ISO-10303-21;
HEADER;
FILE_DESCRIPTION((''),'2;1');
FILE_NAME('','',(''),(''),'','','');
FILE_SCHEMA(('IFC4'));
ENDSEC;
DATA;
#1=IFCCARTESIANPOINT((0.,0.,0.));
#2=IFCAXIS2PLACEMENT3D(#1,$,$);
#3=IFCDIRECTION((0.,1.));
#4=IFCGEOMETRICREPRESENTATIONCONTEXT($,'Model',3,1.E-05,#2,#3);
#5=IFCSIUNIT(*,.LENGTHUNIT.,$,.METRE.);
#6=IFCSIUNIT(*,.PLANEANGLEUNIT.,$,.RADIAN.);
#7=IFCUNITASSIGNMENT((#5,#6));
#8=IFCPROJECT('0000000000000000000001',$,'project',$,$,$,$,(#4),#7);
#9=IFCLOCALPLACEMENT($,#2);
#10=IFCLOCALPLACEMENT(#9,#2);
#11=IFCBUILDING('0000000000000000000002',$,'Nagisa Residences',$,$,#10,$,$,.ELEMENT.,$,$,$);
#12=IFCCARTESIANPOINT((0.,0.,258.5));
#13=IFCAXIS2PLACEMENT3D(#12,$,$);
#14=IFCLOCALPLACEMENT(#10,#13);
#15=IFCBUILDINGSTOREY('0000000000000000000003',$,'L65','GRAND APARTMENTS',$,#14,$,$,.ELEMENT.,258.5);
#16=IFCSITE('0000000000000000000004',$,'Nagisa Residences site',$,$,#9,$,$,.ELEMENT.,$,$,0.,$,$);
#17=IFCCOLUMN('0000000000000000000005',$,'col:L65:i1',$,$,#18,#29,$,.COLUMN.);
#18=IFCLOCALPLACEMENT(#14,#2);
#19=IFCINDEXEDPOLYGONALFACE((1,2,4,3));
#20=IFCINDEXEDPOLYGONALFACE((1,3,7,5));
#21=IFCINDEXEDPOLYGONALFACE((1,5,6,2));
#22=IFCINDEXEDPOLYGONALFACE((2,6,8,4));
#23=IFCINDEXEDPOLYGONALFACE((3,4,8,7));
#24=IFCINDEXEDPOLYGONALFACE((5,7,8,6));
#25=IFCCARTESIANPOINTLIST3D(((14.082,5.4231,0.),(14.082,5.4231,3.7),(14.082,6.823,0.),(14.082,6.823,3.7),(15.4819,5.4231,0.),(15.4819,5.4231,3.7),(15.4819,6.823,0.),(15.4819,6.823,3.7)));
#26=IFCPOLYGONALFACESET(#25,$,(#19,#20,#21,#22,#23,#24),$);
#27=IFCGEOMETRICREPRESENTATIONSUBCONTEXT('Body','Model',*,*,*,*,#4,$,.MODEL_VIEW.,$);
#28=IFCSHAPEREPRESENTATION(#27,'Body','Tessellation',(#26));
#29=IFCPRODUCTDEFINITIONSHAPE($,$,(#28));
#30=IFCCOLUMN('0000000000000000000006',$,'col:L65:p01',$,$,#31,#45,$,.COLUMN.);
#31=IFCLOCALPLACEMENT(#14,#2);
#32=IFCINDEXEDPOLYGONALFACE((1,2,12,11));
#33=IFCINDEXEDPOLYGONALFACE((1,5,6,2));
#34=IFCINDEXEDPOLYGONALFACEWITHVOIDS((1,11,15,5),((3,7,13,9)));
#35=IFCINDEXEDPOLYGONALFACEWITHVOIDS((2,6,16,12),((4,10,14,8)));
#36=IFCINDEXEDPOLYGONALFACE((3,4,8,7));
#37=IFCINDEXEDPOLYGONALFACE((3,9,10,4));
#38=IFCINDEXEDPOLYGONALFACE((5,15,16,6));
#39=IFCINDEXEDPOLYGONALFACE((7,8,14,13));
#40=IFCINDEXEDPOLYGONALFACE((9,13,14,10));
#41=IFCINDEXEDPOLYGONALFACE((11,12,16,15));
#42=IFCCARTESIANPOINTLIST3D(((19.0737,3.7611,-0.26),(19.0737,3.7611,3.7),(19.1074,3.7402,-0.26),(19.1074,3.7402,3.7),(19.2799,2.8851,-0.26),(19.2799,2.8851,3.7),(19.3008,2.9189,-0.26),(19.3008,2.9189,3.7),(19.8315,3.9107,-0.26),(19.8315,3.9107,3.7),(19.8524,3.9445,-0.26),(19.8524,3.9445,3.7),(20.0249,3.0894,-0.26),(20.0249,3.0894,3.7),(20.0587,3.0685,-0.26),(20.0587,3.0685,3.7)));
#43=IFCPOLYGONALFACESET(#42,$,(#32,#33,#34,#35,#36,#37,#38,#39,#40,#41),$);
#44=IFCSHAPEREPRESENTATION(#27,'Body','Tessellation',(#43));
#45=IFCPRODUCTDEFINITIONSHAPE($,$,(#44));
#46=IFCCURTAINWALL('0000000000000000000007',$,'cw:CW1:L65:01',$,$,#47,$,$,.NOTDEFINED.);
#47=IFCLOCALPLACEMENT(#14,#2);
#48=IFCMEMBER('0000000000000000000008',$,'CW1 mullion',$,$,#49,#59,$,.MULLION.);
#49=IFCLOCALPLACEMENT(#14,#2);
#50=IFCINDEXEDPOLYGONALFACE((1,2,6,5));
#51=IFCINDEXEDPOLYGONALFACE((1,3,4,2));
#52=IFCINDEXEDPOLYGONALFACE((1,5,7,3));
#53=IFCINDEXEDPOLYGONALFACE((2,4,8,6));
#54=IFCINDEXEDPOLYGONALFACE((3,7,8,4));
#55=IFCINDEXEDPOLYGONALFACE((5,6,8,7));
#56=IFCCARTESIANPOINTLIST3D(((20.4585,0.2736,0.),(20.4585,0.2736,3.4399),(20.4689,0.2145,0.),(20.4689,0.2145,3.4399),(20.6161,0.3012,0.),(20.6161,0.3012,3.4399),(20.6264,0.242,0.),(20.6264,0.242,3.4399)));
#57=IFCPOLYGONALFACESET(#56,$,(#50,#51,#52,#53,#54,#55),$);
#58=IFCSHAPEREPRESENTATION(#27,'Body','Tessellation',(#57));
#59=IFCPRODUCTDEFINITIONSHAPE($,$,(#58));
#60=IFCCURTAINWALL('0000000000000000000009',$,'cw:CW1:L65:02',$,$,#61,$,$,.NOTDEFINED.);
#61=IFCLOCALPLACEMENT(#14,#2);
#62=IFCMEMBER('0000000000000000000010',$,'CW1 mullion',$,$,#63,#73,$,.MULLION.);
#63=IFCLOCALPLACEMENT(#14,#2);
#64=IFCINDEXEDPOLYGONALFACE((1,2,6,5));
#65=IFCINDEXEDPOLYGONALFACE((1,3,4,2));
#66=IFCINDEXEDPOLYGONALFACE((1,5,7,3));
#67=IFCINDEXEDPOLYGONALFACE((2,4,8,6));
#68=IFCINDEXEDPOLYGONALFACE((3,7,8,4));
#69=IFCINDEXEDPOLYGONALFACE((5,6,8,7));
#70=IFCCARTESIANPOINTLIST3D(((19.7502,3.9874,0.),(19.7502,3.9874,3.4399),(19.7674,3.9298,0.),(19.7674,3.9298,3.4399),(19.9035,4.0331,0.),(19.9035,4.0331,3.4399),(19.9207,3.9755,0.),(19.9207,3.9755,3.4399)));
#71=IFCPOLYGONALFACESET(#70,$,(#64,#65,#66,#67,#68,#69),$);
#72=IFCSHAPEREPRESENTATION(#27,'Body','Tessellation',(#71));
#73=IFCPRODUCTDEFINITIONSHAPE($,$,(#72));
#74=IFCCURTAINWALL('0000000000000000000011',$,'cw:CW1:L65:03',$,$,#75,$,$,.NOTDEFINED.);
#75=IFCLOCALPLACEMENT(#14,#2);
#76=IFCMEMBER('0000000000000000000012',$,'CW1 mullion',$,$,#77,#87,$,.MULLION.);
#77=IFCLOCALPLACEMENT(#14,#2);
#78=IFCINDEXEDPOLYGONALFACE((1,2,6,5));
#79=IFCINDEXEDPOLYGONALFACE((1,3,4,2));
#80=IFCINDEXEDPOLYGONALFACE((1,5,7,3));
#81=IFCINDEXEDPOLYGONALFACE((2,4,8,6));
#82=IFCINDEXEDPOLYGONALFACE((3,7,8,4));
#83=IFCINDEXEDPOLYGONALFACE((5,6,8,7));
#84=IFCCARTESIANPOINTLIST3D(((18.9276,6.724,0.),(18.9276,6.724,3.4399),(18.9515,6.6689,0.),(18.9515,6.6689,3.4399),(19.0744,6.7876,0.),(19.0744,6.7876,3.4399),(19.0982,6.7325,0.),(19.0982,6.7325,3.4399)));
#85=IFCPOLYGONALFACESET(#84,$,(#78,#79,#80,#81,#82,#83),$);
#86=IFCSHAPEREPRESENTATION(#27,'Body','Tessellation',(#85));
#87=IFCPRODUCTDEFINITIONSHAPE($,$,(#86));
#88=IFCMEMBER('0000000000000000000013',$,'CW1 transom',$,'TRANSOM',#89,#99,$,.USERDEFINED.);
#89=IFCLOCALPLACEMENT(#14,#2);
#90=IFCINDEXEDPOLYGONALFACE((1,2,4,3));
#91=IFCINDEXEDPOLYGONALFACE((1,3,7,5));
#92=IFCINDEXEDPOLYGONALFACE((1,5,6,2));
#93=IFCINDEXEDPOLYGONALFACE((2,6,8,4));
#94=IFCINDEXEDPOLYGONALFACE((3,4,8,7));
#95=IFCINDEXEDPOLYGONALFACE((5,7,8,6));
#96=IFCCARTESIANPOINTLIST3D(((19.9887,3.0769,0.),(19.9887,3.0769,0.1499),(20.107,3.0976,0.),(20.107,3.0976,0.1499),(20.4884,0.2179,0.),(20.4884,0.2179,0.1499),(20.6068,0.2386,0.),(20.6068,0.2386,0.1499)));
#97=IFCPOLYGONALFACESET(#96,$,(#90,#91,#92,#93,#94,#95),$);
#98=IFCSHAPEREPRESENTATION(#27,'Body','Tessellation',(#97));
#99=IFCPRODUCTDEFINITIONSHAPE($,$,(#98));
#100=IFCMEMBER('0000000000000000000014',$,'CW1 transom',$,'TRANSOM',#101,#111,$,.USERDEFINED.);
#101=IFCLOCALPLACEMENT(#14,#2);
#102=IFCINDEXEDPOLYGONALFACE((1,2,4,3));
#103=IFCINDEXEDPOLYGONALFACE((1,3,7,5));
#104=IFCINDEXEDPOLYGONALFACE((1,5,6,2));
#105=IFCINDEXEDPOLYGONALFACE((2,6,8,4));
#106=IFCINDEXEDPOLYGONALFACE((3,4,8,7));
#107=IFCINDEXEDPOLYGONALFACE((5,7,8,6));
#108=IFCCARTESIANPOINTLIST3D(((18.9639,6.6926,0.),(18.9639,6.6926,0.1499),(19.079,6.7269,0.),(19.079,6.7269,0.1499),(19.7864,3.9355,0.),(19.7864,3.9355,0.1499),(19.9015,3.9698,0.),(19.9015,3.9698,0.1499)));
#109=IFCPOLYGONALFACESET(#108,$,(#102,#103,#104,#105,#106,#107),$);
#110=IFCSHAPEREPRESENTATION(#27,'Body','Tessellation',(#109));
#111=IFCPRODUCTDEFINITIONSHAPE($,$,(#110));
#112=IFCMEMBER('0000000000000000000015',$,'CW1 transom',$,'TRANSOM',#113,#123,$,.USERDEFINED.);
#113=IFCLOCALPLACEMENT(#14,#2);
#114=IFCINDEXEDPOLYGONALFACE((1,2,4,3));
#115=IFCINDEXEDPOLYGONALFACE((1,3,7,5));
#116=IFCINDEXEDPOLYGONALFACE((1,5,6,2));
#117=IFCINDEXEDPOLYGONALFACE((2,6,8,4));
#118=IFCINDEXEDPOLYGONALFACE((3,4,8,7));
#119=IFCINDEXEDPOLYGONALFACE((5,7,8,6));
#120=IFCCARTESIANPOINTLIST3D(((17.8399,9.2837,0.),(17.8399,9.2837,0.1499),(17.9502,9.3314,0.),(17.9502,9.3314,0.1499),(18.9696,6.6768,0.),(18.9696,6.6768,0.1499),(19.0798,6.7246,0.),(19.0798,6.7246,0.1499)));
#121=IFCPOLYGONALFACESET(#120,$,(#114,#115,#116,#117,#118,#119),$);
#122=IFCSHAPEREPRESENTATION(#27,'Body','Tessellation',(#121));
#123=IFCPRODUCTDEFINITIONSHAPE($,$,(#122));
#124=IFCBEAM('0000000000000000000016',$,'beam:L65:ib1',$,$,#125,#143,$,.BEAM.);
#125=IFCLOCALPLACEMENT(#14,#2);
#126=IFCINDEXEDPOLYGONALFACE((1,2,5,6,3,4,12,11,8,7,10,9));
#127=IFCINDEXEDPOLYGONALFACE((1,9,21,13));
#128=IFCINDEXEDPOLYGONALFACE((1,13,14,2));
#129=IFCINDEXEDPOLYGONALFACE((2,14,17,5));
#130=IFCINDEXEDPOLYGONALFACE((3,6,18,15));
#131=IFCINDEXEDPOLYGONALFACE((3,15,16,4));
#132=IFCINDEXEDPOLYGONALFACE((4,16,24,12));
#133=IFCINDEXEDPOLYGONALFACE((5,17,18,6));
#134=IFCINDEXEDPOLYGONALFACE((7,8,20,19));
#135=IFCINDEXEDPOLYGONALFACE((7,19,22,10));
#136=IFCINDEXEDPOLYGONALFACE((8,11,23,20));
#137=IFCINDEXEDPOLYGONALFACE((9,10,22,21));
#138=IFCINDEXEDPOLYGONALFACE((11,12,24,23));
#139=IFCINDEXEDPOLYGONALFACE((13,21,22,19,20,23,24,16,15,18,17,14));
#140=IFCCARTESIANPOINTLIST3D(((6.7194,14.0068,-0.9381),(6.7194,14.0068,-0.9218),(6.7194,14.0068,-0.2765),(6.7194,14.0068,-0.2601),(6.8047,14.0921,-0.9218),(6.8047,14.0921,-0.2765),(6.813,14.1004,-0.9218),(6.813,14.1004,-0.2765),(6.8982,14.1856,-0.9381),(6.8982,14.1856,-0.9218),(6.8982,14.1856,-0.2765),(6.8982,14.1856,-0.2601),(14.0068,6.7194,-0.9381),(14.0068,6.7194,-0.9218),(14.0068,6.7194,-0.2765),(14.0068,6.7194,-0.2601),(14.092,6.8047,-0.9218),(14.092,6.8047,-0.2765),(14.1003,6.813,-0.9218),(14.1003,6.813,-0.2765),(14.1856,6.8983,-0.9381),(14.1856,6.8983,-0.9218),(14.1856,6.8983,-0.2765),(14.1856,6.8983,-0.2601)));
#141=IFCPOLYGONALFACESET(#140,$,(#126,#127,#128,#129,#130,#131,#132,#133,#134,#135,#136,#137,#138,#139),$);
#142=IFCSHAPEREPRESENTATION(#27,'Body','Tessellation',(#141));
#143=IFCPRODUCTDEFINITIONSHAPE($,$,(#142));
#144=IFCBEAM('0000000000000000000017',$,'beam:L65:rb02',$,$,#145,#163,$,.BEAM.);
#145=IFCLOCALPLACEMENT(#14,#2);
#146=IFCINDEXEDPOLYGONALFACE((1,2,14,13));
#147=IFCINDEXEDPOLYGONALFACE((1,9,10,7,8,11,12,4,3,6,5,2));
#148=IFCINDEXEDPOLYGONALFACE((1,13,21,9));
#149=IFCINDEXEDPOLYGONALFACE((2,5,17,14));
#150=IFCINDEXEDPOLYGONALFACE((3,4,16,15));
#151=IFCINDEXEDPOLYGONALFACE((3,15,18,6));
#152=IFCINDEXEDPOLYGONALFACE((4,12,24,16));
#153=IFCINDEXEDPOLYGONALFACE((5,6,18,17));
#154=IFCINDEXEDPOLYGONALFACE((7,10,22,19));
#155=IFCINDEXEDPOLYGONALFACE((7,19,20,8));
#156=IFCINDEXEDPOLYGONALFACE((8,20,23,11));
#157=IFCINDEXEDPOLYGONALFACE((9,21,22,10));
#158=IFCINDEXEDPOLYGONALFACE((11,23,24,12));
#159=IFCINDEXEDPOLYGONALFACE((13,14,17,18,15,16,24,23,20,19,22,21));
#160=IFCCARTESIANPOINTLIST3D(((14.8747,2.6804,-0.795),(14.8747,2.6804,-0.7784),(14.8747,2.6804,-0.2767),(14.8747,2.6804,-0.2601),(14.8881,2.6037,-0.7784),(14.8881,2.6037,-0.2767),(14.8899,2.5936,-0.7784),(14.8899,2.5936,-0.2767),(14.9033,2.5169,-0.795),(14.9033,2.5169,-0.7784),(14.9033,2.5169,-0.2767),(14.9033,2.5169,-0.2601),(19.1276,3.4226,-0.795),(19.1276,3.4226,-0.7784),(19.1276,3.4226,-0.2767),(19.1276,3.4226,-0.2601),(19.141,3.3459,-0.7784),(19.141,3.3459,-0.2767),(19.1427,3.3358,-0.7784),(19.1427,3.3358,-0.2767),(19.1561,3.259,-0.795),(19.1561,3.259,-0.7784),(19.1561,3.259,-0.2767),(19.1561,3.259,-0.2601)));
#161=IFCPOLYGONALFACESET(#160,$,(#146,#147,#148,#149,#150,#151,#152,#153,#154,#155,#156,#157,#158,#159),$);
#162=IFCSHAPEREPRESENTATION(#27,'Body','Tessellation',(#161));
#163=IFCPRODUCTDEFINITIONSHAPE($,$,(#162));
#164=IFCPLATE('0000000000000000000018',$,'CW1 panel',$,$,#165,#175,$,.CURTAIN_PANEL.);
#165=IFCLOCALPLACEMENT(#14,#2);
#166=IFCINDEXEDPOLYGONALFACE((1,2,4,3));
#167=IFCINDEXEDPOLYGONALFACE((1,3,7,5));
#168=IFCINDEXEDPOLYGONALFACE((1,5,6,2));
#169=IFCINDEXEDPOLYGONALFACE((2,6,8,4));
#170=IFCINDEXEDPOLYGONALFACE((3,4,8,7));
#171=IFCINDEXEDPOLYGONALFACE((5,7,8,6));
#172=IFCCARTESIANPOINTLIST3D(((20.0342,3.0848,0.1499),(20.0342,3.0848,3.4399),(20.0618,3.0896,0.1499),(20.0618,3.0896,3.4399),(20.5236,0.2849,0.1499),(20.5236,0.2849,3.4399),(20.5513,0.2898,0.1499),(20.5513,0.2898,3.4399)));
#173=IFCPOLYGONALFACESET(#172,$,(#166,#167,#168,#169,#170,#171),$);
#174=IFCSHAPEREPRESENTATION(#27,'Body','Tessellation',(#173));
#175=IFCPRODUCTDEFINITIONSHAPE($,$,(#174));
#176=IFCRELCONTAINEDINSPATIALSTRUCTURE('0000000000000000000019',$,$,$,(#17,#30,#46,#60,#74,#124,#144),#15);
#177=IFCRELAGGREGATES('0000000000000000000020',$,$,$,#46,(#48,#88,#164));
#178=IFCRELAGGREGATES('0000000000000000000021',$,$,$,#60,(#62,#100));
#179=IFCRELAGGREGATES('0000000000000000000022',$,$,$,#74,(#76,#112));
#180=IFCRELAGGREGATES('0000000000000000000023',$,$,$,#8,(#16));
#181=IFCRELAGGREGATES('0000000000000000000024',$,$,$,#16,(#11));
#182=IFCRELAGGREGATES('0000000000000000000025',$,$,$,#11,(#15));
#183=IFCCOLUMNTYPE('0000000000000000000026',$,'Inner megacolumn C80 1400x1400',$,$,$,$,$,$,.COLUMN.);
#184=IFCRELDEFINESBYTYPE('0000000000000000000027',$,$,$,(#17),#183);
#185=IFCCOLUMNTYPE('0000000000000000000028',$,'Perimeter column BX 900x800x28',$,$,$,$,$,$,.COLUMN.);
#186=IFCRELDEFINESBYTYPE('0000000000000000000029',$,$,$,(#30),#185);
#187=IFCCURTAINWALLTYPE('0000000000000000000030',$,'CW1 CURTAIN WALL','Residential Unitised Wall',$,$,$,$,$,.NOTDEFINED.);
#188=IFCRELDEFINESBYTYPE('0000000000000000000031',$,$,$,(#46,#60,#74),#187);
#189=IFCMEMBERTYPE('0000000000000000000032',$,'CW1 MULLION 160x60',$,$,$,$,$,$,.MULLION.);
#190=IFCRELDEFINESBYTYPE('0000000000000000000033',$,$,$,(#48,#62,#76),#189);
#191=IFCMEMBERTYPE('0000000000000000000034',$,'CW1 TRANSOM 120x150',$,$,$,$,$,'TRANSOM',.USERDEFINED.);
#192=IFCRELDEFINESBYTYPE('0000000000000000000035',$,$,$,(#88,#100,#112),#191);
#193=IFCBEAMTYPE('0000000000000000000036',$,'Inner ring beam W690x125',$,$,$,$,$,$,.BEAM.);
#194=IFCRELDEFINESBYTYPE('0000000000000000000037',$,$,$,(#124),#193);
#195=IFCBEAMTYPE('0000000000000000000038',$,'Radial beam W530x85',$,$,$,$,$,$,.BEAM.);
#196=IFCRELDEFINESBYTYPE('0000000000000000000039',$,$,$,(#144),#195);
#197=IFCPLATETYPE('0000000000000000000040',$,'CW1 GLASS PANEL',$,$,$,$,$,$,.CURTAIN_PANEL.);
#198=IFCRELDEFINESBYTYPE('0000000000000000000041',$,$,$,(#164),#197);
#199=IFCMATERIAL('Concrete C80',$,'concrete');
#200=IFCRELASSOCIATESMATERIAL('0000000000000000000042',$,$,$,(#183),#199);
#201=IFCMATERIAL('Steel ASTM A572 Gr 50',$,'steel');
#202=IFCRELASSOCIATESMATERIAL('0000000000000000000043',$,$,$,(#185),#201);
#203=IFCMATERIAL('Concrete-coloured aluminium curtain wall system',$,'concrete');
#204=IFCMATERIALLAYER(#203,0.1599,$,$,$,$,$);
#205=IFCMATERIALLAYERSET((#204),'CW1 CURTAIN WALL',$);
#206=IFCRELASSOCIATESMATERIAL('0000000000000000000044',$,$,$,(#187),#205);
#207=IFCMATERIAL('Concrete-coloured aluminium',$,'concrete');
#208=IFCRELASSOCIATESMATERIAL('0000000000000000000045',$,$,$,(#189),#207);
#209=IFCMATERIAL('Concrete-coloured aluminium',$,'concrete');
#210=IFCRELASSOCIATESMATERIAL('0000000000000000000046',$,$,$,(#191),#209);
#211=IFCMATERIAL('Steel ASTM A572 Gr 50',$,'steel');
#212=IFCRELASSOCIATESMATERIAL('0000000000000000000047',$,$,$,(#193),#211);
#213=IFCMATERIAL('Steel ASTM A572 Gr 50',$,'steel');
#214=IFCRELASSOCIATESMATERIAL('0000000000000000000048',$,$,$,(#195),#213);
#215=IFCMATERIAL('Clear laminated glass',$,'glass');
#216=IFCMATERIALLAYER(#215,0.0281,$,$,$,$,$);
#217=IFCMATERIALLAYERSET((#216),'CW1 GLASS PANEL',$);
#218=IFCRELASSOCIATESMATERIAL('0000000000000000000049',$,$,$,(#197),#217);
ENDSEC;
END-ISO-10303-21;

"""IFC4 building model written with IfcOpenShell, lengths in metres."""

from ifc_helpers import new_model, si_unit, direction, frame, origin, origin_2d, place, context, subcontext, project, spatial, rectangle, hollow_rectangle, i_section, extrude, material, layer, layer_set, material_profile, profile_set, type_object, element, aggregate, save


model = new_model("IFC4")

# Units and contexts
model_context = context("Model", 3, precision=1e-05, world=origin(), true_north=direction((0.0, 1.0)))
body_context = subcontext(model_context, "Body", "Model", "MODEL_VIEW")
ifc_project = project(units=[si_unit("LENGTHUNIT", "METRE"), si_unit("PLANEANGLEUNIT", "RADIAN")], contexts=[model_context])

# Site, building, storey
site_placement = place(None, origin())
site = spatial("IfcSite", under=ifc_project, at=site_placement, Name="Nagisa Residences site", CompositionType="ELEMENT", RefElevation=0.0)
building_placement = place(site_placement, origin())
building = spatial("IfcBuilding", under=site, at=building_placement, Name="Nagisa Residences", CompositionType="ELEMENT")
storey_placement = place(building_placement, frame((0.0, 0.0, 258.5)))
storey = spatial("IfcBuildingStorey", under=building, at=storey_placement, Name="L65", Description="GRAND APARTMENTS", CompositionType="ELEMENT", Elevation=258.5)

# Columns
ifc_material_1 = material(Name="Concrete C80", Category="concrete")
ifc_material_profile_1 = material_profile(ifc_material_1, rectangle(XDim=1.3999, YDim=1.3999, at=origin_2d()), Name="C80 1400x1400")
ifc_profile_set_1 = profile_set([ifc_material_profile_1], Name="Concrete C80")
column_type_1 = type_object("IfcColumnType", Name="Inner megacolumn C80 1400x1400", PredefinedType="COLUMN", material=ifc_profile_set_1)
column_1_placement = place(storey_placement, frame((14.782, 6.123, 0.0), z_axis=(0.0, 0.0, 1.0), x_axis=(1.0, 0.0, 0.0)))
element("IfcColumn", 1, at=column_1_placement, inside=storey, type_object=column_type_1, Name="col:L65:i1", PredefinedType="COLUMN", context=body_context, shape_type="SweptSolid", body=[
    extrude(rectangle(XDim=1.3999, YDim=1.3999, at=origin_2d()), origin(), (0.0, 0.0, 1.0), 3.7),
])
ifc_material_2 = material(Name="Steel ASTM A572 Gr 50", Category="steel")
ifc_material_profile_2 = material_profile(ifc_material_2, hollow_rectangle(XDim=0.8999, YDim=0.8, WallThickness=0.0281, at=origin_2d()), Name="BX 900x800x28")
ifc_profile_set_2 = profile_set([ifc_material_profile_2], Name="Steel ASTM A572 Gr 50")
column_type_2 = type_object("IfcColumnType", Name="Perimeter column BX 900x800x28", PredefinedType="COLUMN", material=ifc_profile_set_2)
column_2_placement = place(storey_placement, frame((19.5662, 3.4148, -0.26), z_axis=(0.0, 0.0, 1.0), x_axis=(-0.229202, 0.973379, 0.0)))
element("IfcColumn", 2, at=column_2_placement, inside=storey, type_object=column_type_2, Name="col:L65:p01", PredefinedType="COLUMN", context=body_context, shape_type="SweptSolid", body=[
    extrude(hollow_rectangle(XDim=0.8999, YDim=0.8, WallThickness=0.0281, at=origin_2d()), origin(), (0.0, 0.0, 1.0), 3.96),
])

# Curtain walls, members
ifc_material_3 = material(Name="Concrete-coloured aluminium curtain wall system", Category="concrete")
ifc_layer_1 = layer(ifc_material_3, 0.1599)
ifc_layer_set_1 = layer_set([ifc_layer_1], Name="CW1 CURTAIN WALL")
curtain_wall_type = type_object("IfcCurtainWallType", Name="CW1 CURTAIN WALL", Description="Residential Unitised Wall", PredefinedType="NOTDEFINED", material=ifc_layer_set_1)
curtain_wall_1_placement = place(storey_placement, origin())
curtain_wall_1 = element("IfcCurtainWall", 3, at=curtain_wall_1_placement, inside=storey, type_object=curtain_wall_type, Name="cw:CW1:L65:01", PredefinedType="NOTDEFINED")
ifc_material_4 = material(Name="Concrete-coloured aluminium", Category="concrete")
ifc_material_profile_3 = material_profile(ifc_material_4, rectangle(XDim=0.1599, YDim=0.0601, at=origin_2d()), Name="CW1 MULLION 160x60")
ifc_profile_set_3 = profile_set([ifc_material_profile_3], Name="Concrete-coloured aluminium")
member_type_1 = type_object("IfcMemberType", Name="CW1 MULLION 160x60", PredefinedType="MULLION", material=ifc_profile_set_3)
member_1_placement = place(storey_placement, frame((20.5425, 0.2578, 0.0), z_axis=(0.0, 0.0, 1.0), x_axis=(-0.985064, -0.172191, 0.0)))
member_1 = element("IfcMember", 4, at=member_1_placement, type_object=member_type_1, Name="CW1 mullion", PredefinedType="MULLION", context=body_context, shape_type="SweptSolid", body=[
    extrude(rectangle(XDim=0.1599, YDim=0.0601, at=origin_2d()), origin(), (0.0, 0.0, 1.0), 3.4399),
])
curtain_wall_2_placement = place(storey_placement, origin())
curtain_wall_2 = element("IfcCurtainWall", 5, at=curtain_wall_2_placement, inside=storey, type_object=curtain_wall_type, Name="cw:CW1:L65:02", PredefinedType="NOTDEFINED")
member_2_placement = place(storey_placement, frame((19.8354, 3.9814, 0.0), z_axis=(0.0, 0.0, 1.0), x_axis=(-0.958271, -0.28586, 0.0)))
member_2 = element("IfcMember", 6, at=member_2_placement, type_object=member_type_1, Name="CW1 mullion", PredefinedType="MULLION", context=body_context, shape_type="SweptSolid", body=[
    extrude(rectangle(XDim=0.1599, YDim=0.0601, at=origin_2d()), origin(), (0.0, 0.0, 1.0), 3.4399),
])
curtain_wall_3_placement = place(storey_placement, origin())
curtain_wall_3 = element("IfcCurtainWall", 7, at=curtain_wall_3_placement, inside=storey, type_object=curtain_wall_type, Name="cw:CW1:L65:03", PredefinedType="NOTDEFINED")
member_3_placement = place(storey_placement, frame((19.0129, 6.7283, 0.0), z_axis=(0.0, 0.0, 1.0), x_axis=(-0.917543, -0.397636, 0.0)))
member_3 = element("IfcMember", 8, at=member_3_placement, type_object=member_type_1, Name="CW1 mullion", PredefinedType="MULLION", context=body_context, shape_type="SweptSolid", body=[
    extrude(rectangle(XDim=0.1599, YDim=0.0601, at=origin_2d()), origin(), (0.0, 0.0, 1.0), 3.4399),
])

# Members
ifc_material_5 = material(Name="Concrete-coloured aluminium", Category="concrete")
ifc_material_profile_4 = material_profile(ifc_material_5, rectangle(XDim=0.1201, YDim=0.1499, at=origin_2d()), Name="CW1 TRANSOM 120x150")
ifc_profile_set_4 = profile_set([ifc_material_profile_4], Name="Concrete-coloured aluminium")
member_type_2 = type_object("IfcMemberType", Name="CW1 TRANSOM 120x150", ElementType="TRANSOM", PredefinedType="USERDEFINED", material=ifc_profile_set_4)
member_4_placement = place(storey_placement, frame((20.5476, 0.2283, 0.075), z_axis=(-0.172197, 0.985063, 0.0), x_axis=(-0.985063, -0.172197, 0.0)))
member_4 = element("IfcMember", 9, at=member_4_placement, type_object=member_type_2, Name="CW1 transom", ObjectType="TRANSOM", PredefinedType="USERDEFINED", context=body_context, shape_type="SweptSolid", body=[
    extrude(rectangle(XDim=0.1201, YDim=0.1499, at=origin_2d()), origin(), (0.0, 0.0, 1.0), 2.9023),
])
member_5_placement = place(storey_placement, frame((19.844, 3.9526, 0.075), z_axis=(-0.285876, 0.958267, 0.0), x_axis=(-0.958267, -0.285876, 0.0)))
member_5 = element("IfcMember", 10, at=member_5_placement, type_object=member_type_2, Name="CW1 transom", ObjectType="TRANSOM", PredefinedType="USERDEFINED", context=body_context, shape_type="SweptSolid", body=[
    extrude(rectangle(XDim=0.1201, YDim=0.1499, at=origin_2d()), origin(), (0.0, 0.0, 1.0), 2.8772),
])
member_6_placement = place(storey_placement, frame((19.0247, 6.7007, 0.075), z_axis=(-0.397598, 0.91756, 0.0), x_axis=(-0.91756, -0.397598, 0.0)))
member_6 = element("IfcMember", 11, at=member_6_placement, type_object=member_type_2, Name="CW1 transom", ObjectType="TRANSOM", PredefinedType="USERDEFINED", context=body_context, shape_type="SweptSolid", body=[
    extrude(rectangle(XDim=0.1201, YDim=0.1499, at=origin_2d()), origin(), (0.0, 0.0, 1.0), 2.8411),
])

# Beams
ifc_material_6 = material(Name="Steel ASTM A572 Gr 50", Category="steel")
ifc_material_profile_5 = material_profile(ifc_material_6, i_section(OverallWidth=0.2529, OverallDepth=0.678, WebThickness=0.0117, FlangeThickness=0.0164, at=origin_2d()), Name="W690x125")
ifc_profile_set_5 = profile_set([ifc_material_profile_5], Name="Steel ASTM A572 Gr 50")
beam_type_1 = type_object("IfcBeamType", Name="Inner ring beam W690x125", PredefinedType="BEAM", material=ifc_profile_set_5)
beam_1_placement = place(storey_placement, frame((14.0962, 6.8088, -0.5991), z_axis=(-0.707107, 0.707107, 0.0), x_axis=(-0.707107, -0.707107, 0.0)))
element("IfcBeam", 12, at=beam_1_placement, inside=storey, type_object=beam_type_1, Name="beam:L65:ib1", PredefinedType="BEAM", context=body_context, shape_type="SweptSolid", body=[
    extrude(i_section(OverallWidth=0.2529, OverallDepth=0.678, WebThickness=0.0117, FlangeThickness=0.0164, at=origin_2d()), origin(), (0.0, 0.0, 1.0), 10.3059),
])
ifc_material_7 = material(Name="Steel ASTM A572 Gr 50", Category="steel")
ifc_material_profile_6 = material_profile(ifc_material_7, i_section(OverallWidth=0.166, OverallDepth=0.5349, WebThickness=0.0103, FlangeThickness=0.0166, at=origin_2d()), Name="W530x85")
ifc_profile_set_6 = profile_set([ifc_material_profile_6], Name="Steel ASTM A572 Gr 50")
beam_type_2 = type_object("IfcBeamType", Name="Radial beam W530x85", PredefinedType="BEAM", material=ifc_profile_set_6)
beam_2_placement = place(storey_placement, frame((19.1418, 3.3408, -0.5276), z_axis=(-0.985112, -0.171914, 0.0), x_axis=(0.171914, -0.985112, 0.0)))
element("IfcBeam", 13, at=beam_2_placement, inside=storey, type_object=beam_type_2, Name="beam:L65:rb02", PredefinedType="BEAM", context=body_context, shape_type="SweptSolid", body=[
    extrude(i_section(OverallWidth=0.166, OverallDepth=0.5349, WebThickness=0.0103, FlangeThickness=0.0166, at=origin_2d()), origin(), (0.0, 0.0, 1.0), 4.3171),
])

# Plate
ifc_material_8 = material(Name="Clear laminated glass", Category="glass")
ifc_layer_2 = layer(ifc_material_8, 0.0281)
ifc_layer_set_2 = layer_set([ifc_layer_2], Name="CW1 GLASS PANEL")
plate_type = type_object("IfcPlateType", Name="CW1 GLASS PANEL", PredefinedType="CURTAIN_PANEL", material=ifc_layer_set_2)
plate_1_placement = place(storey_placement, frame((20.2927, 1.6873, 0.1499), z_axis=(0.0, 0.0, 1.0), x_axis=(-0.172191, 0.985064, 0.0)))
plate_1 = element("IfcPlate", 14, at=plate_1_placement, type_object=plate_type, Name="CW1 panel", PredefinedType="CURTAIN_PANEL", context=body_context, shape_type="SweptSolid", body=[
    extrude(rectangle(XDim=2.8423, YDim=0.0281, at=origin_2d()), origin(), (0.0, 0.0, 1.0), 3.29),
])
aggregate(curtain_wall_1, [member_1, member_4, plate_1])
aggregate(curtain_wall_2, [member_2, member_5])
aggregate(curtain_wall_3, [member_3, member_6])

save(model, "model.ifc")
